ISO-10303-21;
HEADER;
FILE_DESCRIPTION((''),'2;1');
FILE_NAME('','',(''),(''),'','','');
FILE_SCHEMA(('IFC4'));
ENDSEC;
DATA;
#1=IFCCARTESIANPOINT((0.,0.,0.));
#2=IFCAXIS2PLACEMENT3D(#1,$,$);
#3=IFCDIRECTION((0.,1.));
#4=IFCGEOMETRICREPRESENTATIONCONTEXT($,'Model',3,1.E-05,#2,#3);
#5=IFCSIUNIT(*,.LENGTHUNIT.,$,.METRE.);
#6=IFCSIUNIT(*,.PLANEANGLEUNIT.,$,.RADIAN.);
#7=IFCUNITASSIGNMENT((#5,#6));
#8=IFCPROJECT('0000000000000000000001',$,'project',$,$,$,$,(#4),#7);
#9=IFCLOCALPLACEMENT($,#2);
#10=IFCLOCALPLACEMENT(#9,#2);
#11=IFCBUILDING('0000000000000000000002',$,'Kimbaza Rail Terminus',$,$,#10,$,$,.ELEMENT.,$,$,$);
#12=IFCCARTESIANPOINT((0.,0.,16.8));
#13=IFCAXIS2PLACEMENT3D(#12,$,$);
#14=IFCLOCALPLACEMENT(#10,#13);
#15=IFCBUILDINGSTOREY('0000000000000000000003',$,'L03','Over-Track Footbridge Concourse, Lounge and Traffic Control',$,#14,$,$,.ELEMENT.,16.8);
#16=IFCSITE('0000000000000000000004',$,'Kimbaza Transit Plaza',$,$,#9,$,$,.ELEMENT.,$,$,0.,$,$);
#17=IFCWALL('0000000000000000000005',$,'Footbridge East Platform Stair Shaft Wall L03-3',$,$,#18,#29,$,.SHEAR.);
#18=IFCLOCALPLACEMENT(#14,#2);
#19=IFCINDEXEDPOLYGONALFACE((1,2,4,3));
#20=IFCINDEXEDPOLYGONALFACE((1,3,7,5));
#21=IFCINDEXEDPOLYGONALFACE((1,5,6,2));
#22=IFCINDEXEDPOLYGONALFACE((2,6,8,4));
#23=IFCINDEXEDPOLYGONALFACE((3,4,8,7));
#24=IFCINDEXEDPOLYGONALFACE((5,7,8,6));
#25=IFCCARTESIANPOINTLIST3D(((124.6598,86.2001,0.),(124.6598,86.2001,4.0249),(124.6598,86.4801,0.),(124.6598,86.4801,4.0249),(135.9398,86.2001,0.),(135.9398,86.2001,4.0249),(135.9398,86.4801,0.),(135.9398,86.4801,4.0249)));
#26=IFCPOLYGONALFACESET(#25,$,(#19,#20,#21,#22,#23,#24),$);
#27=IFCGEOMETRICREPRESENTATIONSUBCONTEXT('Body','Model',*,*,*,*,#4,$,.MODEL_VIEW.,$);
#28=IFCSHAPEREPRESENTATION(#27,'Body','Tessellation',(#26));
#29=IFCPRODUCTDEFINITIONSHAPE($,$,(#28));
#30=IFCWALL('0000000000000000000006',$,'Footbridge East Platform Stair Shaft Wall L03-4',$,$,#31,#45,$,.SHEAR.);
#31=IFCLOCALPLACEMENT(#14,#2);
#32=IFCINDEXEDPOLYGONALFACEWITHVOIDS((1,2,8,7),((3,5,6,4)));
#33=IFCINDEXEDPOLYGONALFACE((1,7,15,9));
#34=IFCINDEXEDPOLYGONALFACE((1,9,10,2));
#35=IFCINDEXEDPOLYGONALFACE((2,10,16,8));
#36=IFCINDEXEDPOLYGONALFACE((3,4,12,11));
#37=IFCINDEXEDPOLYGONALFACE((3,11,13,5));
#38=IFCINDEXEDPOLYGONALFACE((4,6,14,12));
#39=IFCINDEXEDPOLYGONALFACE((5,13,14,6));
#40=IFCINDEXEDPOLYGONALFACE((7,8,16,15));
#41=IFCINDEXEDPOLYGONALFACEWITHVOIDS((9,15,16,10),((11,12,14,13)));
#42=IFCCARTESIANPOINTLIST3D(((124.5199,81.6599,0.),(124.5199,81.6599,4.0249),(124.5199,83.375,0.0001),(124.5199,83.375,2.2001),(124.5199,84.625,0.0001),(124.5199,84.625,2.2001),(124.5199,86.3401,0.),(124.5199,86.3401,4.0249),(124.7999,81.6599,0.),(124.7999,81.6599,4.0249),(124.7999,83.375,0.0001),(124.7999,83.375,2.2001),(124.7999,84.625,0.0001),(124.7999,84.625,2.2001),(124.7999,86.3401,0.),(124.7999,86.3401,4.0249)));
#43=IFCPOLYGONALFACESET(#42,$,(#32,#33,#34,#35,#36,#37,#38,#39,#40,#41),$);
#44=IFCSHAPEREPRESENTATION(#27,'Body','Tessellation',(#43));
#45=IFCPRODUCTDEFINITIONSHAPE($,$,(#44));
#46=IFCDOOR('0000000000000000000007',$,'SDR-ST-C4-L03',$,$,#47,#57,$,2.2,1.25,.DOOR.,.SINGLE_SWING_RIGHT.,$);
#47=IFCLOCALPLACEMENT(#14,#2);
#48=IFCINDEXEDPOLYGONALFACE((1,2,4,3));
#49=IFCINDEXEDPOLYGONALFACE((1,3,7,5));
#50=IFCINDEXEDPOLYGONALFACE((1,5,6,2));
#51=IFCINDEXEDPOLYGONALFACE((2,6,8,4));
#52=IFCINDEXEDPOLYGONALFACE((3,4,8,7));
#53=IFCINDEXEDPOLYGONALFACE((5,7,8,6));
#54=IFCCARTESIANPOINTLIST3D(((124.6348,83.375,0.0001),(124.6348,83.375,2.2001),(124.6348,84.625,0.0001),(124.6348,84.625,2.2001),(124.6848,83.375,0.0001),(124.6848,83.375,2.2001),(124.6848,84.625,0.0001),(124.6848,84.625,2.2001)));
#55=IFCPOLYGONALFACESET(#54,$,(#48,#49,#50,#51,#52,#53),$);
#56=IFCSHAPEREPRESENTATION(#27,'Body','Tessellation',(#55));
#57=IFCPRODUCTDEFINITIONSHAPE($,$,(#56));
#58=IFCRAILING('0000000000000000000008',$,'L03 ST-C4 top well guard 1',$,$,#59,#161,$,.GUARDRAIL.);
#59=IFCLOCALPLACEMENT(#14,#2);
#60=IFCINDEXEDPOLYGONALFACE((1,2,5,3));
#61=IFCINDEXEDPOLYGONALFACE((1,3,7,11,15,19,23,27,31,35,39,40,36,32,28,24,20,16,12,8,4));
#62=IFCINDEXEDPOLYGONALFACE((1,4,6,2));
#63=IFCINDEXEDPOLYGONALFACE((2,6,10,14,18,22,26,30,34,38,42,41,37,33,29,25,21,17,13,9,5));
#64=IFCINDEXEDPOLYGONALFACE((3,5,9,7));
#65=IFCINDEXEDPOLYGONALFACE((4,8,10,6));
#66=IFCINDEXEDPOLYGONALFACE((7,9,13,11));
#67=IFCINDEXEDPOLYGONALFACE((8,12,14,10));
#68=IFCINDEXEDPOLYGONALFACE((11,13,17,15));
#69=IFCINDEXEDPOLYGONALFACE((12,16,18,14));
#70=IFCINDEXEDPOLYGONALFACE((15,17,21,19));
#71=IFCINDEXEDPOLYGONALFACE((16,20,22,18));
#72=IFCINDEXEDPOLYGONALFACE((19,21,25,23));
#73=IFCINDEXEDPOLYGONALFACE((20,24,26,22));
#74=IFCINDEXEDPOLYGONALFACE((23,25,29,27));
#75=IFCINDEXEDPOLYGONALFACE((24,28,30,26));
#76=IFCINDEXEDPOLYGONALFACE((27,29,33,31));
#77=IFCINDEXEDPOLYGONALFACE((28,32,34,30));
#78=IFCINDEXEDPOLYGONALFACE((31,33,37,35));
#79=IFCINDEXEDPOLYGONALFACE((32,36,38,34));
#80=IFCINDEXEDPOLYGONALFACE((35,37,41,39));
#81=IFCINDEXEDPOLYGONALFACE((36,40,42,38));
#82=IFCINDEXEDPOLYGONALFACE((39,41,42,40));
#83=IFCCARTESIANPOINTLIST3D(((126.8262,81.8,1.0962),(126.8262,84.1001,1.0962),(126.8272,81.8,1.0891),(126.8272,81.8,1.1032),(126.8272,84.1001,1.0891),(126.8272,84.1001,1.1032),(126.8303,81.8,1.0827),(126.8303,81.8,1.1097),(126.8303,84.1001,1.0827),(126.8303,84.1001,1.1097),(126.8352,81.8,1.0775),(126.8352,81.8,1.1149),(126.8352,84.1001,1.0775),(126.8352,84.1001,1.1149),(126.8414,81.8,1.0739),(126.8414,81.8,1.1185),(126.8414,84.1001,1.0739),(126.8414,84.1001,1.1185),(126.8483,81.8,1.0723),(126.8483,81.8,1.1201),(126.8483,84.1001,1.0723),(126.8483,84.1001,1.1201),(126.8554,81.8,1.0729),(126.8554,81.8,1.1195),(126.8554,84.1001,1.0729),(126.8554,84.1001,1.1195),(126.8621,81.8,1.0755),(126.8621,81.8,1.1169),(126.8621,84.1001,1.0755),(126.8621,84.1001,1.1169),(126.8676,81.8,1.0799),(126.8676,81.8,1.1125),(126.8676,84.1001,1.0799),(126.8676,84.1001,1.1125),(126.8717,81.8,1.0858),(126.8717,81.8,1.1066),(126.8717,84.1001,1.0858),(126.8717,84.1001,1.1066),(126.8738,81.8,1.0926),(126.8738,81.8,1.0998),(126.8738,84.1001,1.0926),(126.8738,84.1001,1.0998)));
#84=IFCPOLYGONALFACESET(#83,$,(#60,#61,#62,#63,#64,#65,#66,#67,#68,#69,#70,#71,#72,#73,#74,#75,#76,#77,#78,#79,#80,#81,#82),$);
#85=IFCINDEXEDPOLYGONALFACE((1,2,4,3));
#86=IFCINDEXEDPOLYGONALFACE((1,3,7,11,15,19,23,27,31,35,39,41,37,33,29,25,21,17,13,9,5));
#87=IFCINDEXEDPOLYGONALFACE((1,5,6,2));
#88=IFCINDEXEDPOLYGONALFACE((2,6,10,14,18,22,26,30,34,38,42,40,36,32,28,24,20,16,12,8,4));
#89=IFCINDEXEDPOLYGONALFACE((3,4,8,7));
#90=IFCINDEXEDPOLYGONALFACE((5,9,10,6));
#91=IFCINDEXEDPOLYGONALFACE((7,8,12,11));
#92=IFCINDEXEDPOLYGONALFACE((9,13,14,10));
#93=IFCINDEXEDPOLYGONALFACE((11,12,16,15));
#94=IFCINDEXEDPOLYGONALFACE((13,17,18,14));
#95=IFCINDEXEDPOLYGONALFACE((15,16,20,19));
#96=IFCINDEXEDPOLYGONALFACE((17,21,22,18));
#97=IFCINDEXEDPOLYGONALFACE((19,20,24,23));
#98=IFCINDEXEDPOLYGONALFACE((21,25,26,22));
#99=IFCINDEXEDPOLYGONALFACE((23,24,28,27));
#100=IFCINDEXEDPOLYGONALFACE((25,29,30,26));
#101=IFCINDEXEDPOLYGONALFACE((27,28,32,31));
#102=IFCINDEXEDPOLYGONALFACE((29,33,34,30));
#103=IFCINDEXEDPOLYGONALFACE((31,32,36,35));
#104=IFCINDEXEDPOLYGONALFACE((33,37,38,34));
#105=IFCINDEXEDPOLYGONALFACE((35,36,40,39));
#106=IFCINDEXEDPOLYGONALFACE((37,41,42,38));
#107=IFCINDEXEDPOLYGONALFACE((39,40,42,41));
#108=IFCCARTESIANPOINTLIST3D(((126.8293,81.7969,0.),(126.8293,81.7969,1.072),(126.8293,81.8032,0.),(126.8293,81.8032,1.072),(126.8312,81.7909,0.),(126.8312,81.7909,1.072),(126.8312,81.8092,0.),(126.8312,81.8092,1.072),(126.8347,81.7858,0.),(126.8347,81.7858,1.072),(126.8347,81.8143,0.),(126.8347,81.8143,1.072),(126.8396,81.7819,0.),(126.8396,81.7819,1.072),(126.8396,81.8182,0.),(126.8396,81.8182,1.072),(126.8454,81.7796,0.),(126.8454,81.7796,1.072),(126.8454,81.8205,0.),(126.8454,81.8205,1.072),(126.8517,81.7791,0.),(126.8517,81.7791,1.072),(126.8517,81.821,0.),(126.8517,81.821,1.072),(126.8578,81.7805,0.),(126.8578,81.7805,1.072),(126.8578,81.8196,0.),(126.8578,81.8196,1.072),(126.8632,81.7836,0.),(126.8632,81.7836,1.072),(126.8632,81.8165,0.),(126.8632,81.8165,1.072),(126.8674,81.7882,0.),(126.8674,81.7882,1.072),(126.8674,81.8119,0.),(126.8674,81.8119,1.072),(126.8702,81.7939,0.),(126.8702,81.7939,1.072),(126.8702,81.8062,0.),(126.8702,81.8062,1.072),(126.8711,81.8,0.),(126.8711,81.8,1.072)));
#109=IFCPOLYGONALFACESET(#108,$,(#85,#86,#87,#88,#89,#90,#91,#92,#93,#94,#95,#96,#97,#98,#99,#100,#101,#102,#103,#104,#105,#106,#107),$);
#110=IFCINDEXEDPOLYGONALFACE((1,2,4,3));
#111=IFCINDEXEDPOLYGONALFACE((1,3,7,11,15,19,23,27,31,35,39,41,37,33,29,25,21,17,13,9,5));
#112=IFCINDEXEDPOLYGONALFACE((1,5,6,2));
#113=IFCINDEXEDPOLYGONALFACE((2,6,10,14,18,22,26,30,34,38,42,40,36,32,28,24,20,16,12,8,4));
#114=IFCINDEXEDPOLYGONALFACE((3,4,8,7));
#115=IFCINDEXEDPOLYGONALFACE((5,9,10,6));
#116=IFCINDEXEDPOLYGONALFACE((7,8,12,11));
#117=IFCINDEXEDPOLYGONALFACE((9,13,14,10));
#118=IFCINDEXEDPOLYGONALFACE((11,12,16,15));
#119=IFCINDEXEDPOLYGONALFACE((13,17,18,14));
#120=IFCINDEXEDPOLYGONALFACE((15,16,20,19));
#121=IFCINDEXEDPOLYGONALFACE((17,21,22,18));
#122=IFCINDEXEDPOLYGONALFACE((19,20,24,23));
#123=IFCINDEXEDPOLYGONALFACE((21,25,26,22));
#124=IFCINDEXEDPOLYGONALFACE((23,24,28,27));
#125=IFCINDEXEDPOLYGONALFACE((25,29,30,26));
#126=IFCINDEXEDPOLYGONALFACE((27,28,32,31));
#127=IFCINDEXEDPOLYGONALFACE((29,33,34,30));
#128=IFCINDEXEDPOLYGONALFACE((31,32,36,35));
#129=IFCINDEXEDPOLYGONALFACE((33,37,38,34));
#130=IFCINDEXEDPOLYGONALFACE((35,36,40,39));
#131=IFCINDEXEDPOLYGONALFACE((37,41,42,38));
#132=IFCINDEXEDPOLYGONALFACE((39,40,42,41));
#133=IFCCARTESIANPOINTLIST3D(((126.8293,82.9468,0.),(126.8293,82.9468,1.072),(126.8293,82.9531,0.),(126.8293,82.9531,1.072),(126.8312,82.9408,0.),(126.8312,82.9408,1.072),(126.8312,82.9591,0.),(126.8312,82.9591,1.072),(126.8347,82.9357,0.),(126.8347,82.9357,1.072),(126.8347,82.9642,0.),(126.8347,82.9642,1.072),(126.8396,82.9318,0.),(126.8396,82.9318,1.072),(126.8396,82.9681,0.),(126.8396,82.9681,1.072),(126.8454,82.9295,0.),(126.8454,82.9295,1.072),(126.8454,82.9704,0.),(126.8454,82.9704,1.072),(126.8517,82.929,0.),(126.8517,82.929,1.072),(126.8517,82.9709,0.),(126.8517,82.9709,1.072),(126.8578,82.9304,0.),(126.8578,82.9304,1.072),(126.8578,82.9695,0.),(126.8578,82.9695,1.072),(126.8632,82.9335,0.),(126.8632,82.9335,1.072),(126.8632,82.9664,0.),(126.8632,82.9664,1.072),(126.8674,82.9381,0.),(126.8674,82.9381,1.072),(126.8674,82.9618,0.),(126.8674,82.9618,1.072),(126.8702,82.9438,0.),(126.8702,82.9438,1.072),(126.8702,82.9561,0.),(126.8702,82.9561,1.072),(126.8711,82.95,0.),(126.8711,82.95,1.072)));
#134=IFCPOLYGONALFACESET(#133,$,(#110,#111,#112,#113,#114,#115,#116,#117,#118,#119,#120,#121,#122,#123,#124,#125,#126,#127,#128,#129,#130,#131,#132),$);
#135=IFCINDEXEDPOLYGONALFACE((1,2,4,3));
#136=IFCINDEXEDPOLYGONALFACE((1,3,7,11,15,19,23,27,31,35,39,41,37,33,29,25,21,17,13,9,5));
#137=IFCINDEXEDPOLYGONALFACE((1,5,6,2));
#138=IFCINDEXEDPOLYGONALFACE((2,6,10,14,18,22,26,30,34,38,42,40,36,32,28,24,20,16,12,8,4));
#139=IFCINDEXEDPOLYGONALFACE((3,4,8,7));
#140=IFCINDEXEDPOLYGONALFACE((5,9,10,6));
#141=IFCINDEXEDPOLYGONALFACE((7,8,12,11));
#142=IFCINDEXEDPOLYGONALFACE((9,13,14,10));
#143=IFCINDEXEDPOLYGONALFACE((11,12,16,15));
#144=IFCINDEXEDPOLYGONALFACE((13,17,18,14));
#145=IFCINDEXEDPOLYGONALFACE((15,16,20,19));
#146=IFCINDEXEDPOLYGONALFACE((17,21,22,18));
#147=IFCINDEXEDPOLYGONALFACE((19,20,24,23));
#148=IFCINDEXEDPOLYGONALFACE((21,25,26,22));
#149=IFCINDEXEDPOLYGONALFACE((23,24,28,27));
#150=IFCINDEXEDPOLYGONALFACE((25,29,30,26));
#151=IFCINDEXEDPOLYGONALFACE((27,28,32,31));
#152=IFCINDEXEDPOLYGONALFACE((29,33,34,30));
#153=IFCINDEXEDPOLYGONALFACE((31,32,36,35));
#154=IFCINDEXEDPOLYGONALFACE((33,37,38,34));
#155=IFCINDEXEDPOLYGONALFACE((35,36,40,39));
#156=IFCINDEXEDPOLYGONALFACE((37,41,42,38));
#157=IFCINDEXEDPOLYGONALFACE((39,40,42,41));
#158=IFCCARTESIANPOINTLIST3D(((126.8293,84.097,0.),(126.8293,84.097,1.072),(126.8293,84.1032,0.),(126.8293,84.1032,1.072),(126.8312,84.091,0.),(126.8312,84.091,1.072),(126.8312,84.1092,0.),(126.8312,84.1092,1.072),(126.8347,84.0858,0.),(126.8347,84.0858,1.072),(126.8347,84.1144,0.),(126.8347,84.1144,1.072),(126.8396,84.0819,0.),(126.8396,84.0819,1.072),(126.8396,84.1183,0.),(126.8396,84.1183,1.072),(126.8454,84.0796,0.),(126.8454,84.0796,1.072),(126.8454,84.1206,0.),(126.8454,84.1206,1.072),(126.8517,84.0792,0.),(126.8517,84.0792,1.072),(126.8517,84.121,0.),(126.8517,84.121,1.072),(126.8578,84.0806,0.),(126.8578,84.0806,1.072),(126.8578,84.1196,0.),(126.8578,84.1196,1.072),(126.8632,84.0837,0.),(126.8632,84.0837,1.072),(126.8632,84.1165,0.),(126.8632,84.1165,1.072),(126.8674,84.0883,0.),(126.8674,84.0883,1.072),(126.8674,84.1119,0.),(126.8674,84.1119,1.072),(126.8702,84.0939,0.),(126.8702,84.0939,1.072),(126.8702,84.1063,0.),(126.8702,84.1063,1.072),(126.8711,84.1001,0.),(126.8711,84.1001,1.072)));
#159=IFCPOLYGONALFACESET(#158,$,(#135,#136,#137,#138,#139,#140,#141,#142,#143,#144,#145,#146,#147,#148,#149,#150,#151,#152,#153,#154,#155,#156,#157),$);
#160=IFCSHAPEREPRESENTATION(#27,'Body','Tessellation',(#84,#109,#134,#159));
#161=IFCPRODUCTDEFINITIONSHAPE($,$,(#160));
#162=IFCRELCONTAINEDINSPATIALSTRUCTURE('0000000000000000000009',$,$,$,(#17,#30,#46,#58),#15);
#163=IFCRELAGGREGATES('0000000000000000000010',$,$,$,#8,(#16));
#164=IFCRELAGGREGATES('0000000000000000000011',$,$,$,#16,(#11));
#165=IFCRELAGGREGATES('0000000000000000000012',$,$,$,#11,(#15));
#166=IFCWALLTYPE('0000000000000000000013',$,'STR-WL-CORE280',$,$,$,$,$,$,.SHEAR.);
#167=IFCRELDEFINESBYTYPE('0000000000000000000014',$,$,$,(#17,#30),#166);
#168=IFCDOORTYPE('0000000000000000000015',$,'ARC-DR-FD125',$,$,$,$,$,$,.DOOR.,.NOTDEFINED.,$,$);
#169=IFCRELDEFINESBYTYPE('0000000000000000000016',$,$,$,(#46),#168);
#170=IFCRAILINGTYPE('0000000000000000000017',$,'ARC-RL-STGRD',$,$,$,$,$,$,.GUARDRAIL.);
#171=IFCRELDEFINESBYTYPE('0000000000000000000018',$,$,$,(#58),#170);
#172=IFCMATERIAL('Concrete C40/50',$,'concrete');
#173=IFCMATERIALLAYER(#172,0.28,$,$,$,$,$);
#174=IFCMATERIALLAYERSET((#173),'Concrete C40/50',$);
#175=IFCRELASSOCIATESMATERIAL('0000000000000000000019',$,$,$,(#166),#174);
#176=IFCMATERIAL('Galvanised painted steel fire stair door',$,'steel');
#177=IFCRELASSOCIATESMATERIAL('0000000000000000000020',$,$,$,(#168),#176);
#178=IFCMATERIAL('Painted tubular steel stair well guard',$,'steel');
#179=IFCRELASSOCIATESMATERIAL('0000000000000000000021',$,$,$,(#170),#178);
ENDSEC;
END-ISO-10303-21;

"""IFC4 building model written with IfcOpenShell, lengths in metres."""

from ifc_helpers import new_model, si_unit, direction, frame, frame_2d, origin, origin_2d, place, context, subcontext, project, spatial, rectangle, circle, extrude, material, layer, layer_set, type_object, element, fill, save


model = new_model("IFC4")

# Units and contexts
model_context = context("Model", 3, precision=1e-05, world=origin(), true_north=direction((0.0, 1.0)))
body_context = subcontext(model_context, "Body", "Model", "MODEL_VIEW")
ifc_project = project(units=[si_unit("LENGTHUNIT", "METRE"), si_unit("PLANEANGLEUNIT", "RADIAN")], contexts=[model_context])

# Site, building, storey
site_placement = place(None, origin())
site = spatial("IfcSite", under=ifc_project, at=site_placement, Name="Kimbaza Transit Plaza", CompositionType="ELEMENT", RefElevation=0.0)
building_placement = place(site_placement, origin())
building = spatial("IfcBuilding", under=site, at=building_placement, Name="Kimbaza Rail Terminus", CompositionType="ELEMENT")
storey_placement = place(building_placement, frame((0.0, 0.0, 16.8)))
storey = spatial("IfcBuildingStorey", under=building, at=storey_placement, Name="L03", Description="Over-Track Footbridge Concourse, Lounge and Traffic Control", CompositionType="ELEMENT", Elevation=16.8)

# Wall
ifc_material_1 = material(Name="Concrete C40/50", Category="concrete")
ifc_layer_1 = layer(ifc_material_1, 0.28)
ifc_layer_set_1 = layer_set([ifc_layer_1], Name="Concrete C40/50")
wall_type_1 = type_object("IfcWallType", Name="STR-WL-CORE280", PredefinedType="SHEAR", material=ifc_layer_set_1)
wall_1_placement = place(storey_placement, frame((135.9399, 86.3401, 0.0), z_axis=(0.0, 0.0, 1.0), x_axis=(-1.0, 0.0, 0.0)))
element("IfcWall", 1, at=wall_1_placement, inside=storey, type_object=wall_type_1, Name="Footbridge East Platform Stair Shaft Wall L03-3", PredefinedType="SHEAR", context=body_context, shape_type="SweptSolid", body=[
    extrude(rectangle(XDim=11.28, YDim=0.28, at=frame_2d((5.6401, 0.0))), origin(), (0.0, 0.0, 1.0), 4.0249),
])

# Wall, opening, door
wall_2_placement = place(storey_placement, frame((124.6599, 86.3401, 0.0), z_axis=(0.0, 0.0, 1.0), x_axis=(0.0, -1.0, 0.0)))
wall_2 = element("IfcWall", 2, at=wall_2_placement, inside=storey, type_object=wall_type_1, Name="Footbridge East Platform Stair Shaft Wall L03-4", PredefinedType="SHEAR", context=body_context, shape_type="SweptSolid", body=[
    extrude(rectangle(XDim=4.6802, YDim=0.28, at=frame_2d((2.3401, 0.0))), origin(), (0.0, 0.0, 1.0), 4.0249),
])
opening_1_placement = place(wall_2_placement, frame((1.7151, 0.0, 0.0)))
opening_1 = element("IfcOpeningElement", 3, at=opening_1_placement, cuts=wall_2, PredefinedType="OPENING", context=body_context, shape_type="SweptSolid", body=[
    extrude(rectangle(XDim=1.25, YDim=2.2, at=frame_2d((0.625, 1.1001))), frame((0.0, 0.1499, 0.0), z_axis=(0.0, -1.0, 0.0), x_axis=(1.0, 0.0, 0.0)), (0.0, 0.0, 1.0), 0.3),
])
ifc_material_2 = material(Name="Galvanised painted steel fire stair door", Category="steel")
door_type_1 = type_object("IfcDoorType", Name="ARC-DR-FD125", OperationType="NOTDEFINED", PredefinedType="DOOR", material=ifc_material_2)
door_1_placement = place(opening_1_placement, origin())
door_1 = element("IfcDoor", 4, at=door_1_placement, inside=storey, type_object=door_type_1, Name="SDR-ST-C4-L03", OperationType="SINGLE_SWING_RIGHT", OverallHeight=2.2, OverallWidth=1.25, PredefinedType="DOOR", context=body_context, shape_type="SweptSolid", body=[
    extrude(rectangle(XDim=1.25, YDim=2.2, at=frame_2d((0.625, 1.1001))), frame((0.0, 0.0249, 0.0), z_axis=(0.0, -1.0, 0.0), x_axis=(1.0, 0.0, 0.0)), (0.0, 0.0, 1.0), 0.05),
])
fill(opening_1, door_1)

# Railing
ifc_material_3 = material(Name="Painted tubular steel stair well guard", Category="steel")
railing_type = type_object("IfcRailingType", Name="ARC-RL-STGRD", PredefinedType="GUARDRAIL", material=ifc_material_3)
railing_placement = place(storey_placement, frame((126.8501, 81.8, 0.0)))
element("IfcRailing", 5, at=railing_placement, inside=storey, type_object=railing_type, Name="L03 ST-C4 top well guard 1", PredefinedType="GUARDRAIL", context=body_context, shape_type="SweptSolid", body=[
    extrude(circle(Radius=0.0239, at=origin_2d()), frame((0.0, 0.0, 1.0962), z_axis=(0.0, 1.0, 0.0), x_axis=(-1.0, 0.0, 0.0)), (0.0, 0.0, 1.0), 2.3),
    extrude(circle(Radius=0.021, at=origin_2d()), origin(), (0.0, 0.0, 1.0), 1.072),
    extrude(circle(Radius=0.021, at=origin_2d()), frame((0.0, 1.1499, 0.0)), (0.0, 0.0, 1.0), 1.072),
    extrude(circle(Radius=0.021, at=origin_2d()), frame((0.0, 2.3, 0.0)), (0.0, 0.0, 1.0), 1.072),
])

save(model, "model.ifc")
